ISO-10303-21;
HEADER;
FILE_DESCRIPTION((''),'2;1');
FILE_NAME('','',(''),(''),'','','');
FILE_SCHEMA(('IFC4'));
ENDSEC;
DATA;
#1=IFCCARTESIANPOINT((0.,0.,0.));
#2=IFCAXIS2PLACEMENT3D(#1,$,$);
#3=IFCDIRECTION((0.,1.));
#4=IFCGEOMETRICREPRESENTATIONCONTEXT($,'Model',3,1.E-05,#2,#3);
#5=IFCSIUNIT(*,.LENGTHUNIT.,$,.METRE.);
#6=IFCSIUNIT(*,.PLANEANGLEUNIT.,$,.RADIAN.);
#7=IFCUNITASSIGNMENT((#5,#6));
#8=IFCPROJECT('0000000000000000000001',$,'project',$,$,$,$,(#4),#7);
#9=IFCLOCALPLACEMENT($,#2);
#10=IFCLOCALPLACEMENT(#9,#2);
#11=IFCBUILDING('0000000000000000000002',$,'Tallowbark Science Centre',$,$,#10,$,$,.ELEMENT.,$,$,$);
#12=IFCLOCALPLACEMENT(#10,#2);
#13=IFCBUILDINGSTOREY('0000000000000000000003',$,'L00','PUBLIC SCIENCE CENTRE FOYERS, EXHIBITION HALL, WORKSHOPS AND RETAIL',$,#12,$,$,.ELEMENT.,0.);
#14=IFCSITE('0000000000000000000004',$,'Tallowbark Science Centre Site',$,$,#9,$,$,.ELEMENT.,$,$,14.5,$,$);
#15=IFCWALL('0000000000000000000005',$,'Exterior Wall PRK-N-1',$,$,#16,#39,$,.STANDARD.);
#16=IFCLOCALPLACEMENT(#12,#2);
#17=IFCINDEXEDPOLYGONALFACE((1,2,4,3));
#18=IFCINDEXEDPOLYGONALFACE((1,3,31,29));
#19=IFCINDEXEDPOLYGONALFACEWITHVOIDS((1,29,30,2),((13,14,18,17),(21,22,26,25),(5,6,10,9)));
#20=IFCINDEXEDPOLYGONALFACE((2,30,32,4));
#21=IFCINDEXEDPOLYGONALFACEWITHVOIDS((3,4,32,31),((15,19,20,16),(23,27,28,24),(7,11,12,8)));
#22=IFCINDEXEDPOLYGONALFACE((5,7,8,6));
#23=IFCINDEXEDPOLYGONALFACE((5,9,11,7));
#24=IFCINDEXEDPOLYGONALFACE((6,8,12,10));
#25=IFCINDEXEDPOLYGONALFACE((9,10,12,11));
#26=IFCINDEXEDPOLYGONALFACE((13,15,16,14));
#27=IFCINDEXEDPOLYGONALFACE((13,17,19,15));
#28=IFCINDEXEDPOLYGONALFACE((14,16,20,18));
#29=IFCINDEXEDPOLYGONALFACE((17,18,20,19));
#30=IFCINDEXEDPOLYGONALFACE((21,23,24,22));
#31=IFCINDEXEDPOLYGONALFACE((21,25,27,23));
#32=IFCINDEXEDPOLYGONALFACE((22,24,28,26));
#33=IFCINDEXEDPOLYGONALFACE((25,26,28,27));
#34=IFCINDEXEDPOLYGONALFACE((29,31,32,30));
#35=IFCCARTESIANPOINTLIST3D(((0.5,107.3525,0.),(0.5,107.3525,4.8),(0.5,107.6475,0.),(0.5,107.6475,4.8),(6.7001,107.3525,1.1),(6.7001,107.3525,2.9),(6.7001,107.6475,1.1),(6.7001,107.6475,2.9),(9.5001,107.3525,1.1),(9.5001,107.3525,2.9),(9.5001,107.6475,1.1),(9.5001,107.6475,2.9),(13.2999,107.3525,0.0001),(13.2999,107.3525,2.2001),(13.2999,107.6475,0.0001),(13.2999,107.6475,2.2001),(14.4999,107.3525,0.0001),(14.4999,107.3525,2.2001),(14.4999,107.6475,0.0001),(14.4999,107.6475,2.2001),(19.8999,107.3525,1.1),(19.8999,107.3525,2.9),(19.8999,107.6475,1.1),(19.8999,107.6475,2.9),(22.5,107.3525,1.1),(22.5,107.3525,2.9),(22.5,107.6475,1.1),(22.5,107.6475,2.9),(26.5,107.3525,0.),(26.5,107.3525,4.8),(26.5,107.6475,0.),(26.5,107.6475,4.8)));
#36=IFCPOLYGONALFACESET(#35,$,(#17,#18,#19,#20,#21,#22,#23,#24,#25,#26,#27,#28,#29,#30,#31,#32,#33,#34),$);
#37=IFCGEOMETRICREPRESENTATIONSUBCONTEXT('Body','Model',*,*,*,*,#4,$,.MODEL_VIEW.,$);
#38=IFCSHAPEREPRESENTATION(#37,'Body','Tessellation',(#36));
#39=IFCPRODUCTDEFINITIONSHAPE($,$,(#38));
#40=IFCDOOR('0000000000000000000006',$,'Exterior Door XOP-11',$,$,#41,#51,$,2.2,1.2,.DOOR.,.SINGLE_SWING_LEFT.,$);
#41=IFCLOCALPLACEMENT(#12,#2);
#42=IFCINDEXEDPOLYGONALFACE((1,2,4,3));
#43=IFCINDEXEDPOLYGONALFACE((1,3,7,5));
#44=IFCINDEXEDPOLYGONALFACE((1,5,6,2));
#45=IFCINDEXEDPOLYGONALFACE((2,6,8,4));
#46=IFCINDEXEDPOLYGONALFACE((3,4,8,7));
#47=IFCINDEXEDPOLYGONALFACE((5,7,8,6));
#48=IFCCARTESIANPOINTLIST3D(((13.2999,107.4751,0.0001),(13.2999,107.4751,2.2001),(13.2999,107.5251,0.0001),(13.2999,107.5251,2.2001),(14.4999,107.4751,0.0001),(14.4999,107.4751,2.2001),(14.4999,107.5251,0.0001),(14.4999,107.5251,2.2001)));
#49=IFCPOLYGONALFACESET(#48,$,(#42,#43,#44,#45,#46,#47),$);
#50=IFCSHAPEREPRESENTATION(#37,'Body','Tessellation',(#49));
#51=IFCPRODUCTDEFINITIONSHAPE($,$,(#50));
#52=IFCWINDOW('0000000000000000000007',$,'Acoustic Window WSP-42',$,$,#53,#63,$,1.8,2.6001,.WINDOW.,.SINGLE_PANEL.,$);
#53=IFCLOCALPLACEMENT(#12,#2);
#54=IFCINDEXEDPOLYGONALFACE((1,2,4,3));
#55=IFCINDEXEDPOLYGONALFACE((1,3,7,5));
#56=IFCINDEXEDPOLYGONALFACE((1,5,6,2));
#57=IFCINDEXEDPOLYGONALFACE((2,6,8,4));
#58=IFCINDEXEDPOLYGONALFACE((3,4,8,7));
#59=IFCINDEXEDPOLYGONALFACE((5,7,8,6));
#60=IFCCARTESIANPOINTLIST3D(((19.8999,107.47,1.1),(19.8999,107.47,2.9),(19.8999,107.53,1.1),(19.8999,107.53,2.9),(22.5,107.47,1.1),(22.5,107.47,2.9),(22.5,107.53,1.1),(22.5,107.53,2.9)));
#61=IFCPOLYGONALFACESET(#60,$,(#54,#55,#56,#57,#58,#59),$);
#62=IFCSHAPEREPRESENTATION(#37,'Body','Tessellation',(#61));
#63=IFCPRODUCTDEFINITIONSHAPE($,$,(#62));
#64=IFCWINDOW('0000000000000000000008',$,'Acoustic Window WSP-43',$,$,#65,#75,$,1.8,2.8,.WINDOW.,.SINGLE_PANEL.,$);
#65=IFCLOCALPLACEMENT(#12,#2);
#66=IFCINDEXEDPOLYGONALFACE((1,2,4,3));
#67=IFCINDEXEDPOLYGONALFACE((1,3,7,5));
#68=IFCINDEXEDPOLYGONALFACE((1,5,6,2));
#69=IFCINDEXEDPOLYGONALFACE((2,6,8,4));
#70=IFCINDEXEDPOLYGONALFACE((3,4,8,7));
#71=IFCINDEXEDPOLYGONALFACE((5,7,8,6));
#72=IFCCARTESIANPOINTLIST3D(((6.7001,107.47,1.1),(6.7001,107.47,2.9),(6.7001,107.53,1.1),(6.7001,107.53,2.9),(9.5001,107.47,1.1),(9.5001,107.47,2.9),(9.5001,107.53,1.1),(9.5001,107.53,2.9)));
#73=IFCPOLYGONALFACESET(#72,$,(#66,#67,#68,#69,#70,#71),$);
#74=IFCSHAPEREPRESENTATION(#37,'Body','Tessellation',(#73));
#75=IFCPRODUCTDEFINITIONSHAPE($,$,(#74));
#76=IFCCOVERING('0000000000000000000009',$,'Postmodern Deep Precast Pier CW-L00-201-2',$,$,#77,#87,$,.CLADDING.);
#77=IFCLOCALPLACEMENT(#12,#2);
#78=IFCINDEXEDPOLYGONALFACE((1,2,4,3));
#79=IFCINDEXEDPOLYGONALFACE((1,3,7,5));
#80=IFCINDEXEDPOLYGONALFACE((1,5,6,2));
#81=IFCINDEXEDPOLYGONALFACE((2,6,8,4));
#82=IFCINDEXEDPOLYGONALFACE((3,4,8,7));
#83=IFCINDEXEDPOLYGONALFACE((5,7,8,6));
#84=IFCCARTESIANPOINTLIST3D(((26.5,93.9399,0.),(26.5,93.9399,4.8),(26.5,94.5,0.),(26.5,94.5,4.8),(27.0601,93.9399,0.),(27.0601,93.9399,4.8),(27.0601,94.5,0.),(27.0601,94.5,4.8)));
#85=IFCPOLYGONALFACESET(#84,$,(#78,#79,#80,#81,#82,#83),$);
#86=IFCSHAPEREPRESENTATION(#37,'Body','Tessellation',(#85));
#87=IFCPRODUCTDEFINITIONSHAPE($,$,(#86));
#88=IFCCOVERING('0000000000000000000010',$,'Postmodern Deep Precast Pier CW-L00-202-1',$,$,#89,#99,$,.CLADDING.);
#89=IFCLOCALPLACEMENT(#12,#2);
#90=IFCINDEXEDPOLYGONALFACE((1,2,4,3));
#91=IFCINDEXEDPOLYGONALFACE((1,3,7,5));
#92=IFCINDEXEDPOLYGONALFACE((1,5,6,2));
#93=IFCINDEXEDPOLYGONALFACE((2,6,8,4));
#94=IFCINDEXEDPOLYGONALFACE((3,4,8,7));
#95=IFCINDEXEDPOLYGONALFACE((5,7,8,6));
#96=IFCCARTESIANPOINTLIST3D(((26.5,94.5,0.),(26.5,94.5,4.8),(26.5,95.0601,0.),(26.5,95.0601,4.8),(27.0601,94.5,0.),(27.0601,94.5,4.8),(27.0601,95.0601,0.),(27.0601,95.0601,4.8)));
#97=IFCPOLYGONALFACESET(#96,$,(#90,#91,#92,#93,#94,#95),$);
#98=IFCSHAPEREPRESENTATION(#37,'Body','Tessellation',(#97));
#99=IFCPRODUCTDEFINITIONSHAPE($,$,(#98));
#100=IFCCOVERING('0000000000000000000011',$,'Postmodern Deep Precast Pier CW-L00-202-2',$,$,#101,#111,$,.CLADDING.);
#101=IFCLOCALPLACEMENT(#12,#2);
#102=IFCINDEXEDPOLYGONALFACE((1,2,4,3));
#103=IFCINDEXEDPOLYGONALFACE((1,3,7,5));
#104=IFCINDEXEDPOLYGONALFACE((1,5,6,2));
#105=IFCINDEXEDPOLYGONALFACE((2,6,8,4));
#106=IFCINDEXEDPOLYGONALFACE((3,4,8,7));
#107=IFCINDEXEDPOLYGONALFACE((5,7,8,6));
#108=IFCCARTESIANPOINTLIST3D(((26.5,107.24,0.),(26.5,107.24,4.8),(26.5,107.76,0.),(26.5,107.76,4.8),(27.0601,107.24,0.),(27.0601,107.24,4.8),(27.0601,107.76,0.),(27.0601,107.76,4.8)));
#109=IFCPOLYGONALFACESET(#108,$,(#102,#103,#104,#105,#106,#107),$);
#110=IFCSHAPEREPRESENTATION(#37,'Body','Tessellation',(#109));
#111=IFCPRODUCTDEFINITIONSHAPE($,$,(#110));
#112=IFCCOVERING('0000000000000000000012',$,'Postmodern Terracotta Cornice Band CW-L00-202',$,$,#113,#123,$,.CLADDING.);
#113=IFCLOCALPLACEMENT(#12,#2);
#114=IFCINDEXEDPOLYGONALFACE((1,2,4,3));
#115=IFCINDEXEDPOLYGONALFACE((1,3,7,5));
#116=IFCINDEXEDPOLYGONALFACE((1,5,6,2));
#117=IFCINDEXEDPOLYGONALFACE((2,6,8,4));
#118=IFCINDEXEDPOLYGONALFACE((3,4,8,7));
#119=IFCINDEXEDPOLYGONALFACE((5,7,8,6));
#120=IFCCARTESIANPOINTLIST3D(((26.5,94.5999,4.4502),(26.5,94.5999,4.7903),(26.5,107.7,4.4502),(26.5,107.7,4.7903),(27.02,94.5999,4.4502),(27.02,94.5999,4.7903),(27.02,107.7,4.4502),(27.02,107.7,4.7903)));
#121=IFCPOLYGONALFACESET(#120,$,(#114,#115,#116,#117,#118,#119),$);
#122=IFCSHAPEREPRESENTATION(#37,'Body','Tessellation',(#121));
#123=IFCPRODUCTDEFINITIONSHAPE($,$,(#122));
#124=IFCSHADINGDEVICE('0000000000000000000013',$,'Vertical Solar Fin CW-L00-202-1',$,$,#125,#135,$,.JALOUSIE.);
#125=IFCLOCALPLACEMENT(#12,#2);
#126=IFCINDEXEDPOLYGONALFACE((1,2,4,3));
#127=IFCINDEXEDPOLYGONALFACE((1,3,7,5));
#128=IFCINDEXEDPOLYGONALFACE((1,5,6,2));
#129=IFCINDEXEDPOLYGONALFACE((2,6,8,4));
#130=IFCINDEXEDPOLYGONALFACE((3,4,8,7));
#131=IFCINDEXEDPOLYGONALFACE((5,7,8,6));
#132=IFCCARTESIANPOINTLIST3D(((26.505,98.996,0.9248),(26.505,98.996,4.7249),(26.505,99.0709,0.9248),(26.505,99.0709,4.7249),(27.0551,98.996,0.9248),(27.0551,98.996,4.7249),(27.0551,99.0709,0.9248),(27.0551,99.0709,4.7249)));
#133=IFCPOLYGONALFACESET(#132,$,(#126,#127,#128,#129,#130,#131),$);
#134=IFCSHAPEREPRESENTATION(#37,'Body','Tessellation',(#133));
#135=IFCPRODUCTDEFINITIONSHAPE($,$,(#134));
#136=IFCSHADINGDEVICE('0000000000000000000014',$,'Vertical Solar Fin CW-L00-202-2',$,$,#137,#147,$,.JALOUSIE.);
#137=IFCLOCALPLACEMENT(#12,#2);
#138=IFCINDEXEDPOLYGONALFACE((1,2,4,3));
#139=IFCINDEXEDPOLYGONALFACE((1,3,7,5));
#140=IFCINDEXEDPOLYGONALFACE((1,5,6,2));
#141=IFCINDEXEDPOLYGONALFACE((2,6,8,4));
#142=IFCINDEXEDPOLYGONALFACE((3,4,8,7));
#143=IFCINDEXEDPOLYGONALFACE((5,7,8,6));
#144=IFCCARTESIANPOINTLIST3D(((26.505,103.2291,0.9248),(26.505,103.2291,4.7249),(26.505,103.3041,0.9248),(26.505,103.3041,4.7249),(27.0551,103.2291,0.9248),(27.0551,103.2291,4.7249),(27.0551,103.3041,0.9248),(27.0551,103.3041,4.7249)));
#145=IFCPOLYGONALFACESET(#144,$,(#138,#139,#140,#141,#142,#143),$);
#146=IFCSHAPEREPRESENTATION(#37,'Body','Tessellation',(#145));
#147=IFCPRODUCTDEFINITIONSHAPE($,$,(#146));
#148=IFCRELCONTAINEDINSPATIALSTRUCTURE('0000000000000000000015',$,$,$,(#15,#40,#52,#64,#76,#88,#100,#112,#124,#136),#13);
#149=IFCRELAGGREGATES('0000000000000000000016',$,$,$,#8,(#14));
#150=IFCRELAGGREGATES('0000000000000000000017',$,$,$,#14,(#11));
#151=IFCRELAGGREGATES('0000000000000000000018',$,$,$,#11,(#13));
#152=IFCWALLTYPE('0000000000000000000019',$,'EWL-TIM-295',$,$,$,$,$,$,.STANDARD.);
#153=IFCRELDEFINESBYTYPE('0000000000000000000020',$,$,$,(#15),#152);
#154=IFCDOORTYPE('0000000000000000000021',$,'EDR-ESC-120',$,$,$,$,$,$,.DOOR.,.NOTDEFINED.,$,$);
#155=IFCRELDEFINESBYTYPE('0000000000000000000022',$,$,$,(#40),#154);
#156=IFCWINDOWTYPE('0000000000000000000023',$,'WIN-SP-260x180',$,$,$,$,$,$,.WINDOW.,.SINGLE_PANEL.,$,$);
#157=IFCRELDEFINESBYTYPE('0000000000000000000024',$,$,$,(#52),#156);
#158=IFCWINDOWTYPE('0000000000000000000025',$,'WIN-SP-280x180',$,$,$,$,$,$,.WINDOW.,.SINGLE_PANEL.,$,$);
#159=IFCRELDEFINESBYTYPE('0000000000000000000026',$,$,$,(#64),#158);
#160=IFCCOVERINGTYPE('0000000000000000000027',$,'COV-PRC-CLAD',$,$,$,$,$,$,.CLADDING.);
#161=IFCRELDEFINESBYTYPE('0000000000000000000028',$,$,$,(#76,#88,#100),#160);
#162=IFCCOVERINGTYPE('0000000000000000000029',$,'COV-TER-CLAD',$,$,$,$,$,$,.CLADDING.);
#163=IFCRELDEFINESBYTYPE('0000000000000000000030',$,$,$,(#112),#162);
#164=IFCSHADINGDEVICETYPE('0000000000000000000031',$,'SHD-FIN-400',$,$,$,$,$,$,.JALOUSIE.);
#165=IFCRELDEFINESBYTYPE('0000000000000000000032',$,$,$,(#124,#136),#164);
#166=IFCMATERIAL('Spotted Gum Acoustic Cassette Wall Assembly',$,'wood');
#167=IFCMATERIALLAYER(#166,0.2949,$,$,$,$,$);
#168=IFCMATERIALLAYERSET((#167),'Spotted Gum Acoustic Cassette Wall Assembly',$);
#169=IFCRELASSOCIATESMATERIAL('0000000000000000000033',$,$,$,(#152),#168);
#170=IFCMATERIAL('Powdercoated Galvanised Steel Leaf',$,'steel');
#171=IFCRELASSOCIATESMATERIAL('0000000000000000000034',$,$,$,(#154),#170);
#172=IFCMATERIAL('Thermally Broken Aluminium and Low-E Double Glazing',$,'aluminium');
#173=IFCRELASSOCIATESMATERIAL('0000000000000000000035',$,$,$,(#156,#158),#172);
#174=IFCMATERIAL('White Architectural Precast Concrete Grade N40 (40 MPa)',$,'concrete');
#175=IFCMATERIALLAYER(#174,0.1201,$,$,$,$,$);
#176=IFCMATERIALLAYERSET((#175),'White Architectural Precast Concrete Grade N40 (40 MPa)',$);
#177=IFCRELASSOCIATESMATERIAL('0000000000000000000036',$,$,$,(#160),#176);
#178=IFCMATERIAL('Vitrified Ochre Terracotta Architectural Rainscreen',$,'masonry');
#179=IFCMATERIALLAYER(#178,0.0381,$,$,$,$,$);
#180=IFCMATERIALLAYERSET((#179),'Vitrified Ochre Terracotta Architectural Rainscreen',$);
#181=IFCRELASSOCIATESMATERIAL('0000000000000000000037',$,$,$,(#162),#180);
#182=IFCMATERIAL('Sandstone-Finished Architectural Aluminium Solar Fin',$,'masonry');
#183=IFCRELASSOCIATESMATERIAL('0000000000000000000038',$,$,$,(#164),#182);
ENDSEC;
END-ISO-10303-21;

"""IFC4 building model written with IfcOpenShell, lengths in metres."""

from ifc_helpers import new_model, si_unit, direction, frame, frame_2d, origin, origin_2d, place, context, subcontext, project, spatial, rectangle, extrude, material, layer, layer_set, type_object, element, fill, save


model = new_model("IFC4")

# Units and contexts
model_context = context("Model", 3, precision=1e-05, world=origin(), true_north=direction((0.0, 1.0)))
body_context = subcontext(model_context, "Body", "Model", "MODEL_VIEW")
ifc_project = project(units=[si_unit("LENGTHUNIT", "METRE"), si_unit("PLANEANGLEUNIT", "RADIAN")], contexts=[model_context])

# Site, building, storey
site_placement = place(None, origin())
site = spatial("IfcSite", under=ifc_project, at=site_placement, Name="Tallowbark Science Centre Site", CompositionType="ELEMENT", RefElevation=14.5)
building_placement = place(site_placement, origin())
building = spatial("IfcBuilding", under=site, at=building_placement, Name="Tallowbark Science Centre", CompositionType="ELEMENT")
storey_placement = place(building_placement, origin())
storey = spatial("IfcBuildingStorey", under=building, at=storey_placement, Name="L00", Description="PUBLIC SCIENCE CENTRE FOYERS, EXHIBITION HALL, WORKSHOPS AND RETAIL", CompositionType="ELEMENT", Elevation=0.0)

# Wall, openings, door, windows
ifc_material_1 = material(Name="Spotted Gum Acoustic Cassette Wall Assembly", Category="wood")
ifc_layer_1 = layer(ifc_material_1, 0.2949)
ifc_layer_set_1 = layer_set([ifc_layer_1], Name="Spotted Gum Acoustic Cassette Wall Assembly")
wall_type = type_object("IfcWallType", Name="EWL-TIM-295", PredefinedType="STANDARD", material=ifc_layer_set_1)
wall_placement = place(storey_placement, frame((26.5, 107.5, 0.0), z_axis=(0.0, 0.0, 1.0), x_axis=(-1.0, 0.0, 0.0)))
wall = element("IfcWall", 1, at=wall_placement, inside=storey, type_object=wall_type, Name="Exterior Wall PRK-N-1", PredefinedType="STANDARD", context=body_context, shape_type="SweptSolid", body=[
    extrude(rectangle(XDim=26.0, YDim=0.2949, at=frame_2d((13.0, 0.0))), origin(), (0.0, 0.0, 1.0), 4.8),
])
opening_1_placement = place(wall_placement, frame((12.0, 0.0, 0.0)))
opening_1 = element("IfcOpeningElement", 2, at=opening_1_placement, cuts=wall, PredefinedType="OPENING", context=body_context, shape_type="SweptSolid", body=[
    extrude(rectangle(XDim=1.2, YDim=2.2, at=frame_2d((0.6001, 1.1001))), frame((0.0, 0.1575, 0.0), z_axis=(0.0, -1.0, 0.0), x_axis=(1.0, 0.0, 0.0)), (0.0, 0.0, 1.0), 0.3149),
])
opening_2_placement = place(wall_placement, frame((4.0, 0.0, 1.1001)))
opening_2 = element("IfcOpeningElement", 3, at=opening_2_placement, cuts=wall, PredefinedType="OPENING", context=body_context, shape_type="SweptSolid", body=[
    extrude(rectangle(XDim=2.6001, YDim=1.8, at=frame_2d((1.3, 0.8999))), frame((0.0, 0.1575, 0.0), z_axis=(0.0, -1.0, 0.0), x_axis=(1.0, 0.0, 0.0)), (0.0, 0.0, 1.0), 0.3149),
])
opening_3_placement = place(wall_placement, frame((17.0, 0.0, 1.1001)))
opening_3 = element("IfcOpeningElement", 4, at=opening_3_placement, cuts=wall, PredefinedType="OPENING", context=body_context, shape_type="SweptSolid", body=[
    extrude(rectangle(XDim=2.8, YDim=1.8, at=frame_2d((1.3999, 0.8999))), frame((0.0, 0.1575, 0.0), z_axis=(0.0, -1.0, 0.0), x_axis=(1.0, 0.0, 0.0)), (0.0, 0.0, 1.0), 0.3149),
])
ifc_material_2 = material(Name="Powdercoated Galvanised Steel Leaf", Category="steel")
door_type = type_object("IfcDoorType", Name="EDR-ESC-120", OperationType="NOTDEFINED", PredefinedType="DOOR", material=ifc_material_2)
door_placement = place(opening_1_placement, origin())
door = element("IfcDoor", 5, at=door_placement, inside=storey, type_object=door_type, Name="Exterior Door XOP-11", OperationType="SINGLE_SWING_LEFT", OverallHeight=2.2, OverallWidth=1.2, PredefinedType="DOOR", context=body_context, shape_type="SweptSolid", body=[
    extrude(rectangle(XDim=1.2, YDim=2.2, at=frame_2d((0.6001, 1.1001))), frame((0.0, 0.0249, 0.0), z_axis=(0.0, -1.0, 0.0), x_axis=(1.0, 0.0, 0.0)), (0.0, 0.0, 1.0), 0.05),
])
fill(opening_1, door)
ifc_material_3 = material(Name="Thermally Broken Aluminium and Low-E Double Glazing", Category="aluminium")
window_type_1 = type_object("IfcWindowType", Name="WIN-SP-260x180", PartitioningType="SINGLE_PANEL", PredefinedType="WINDOW", material=ifc_material_3)
window_1_placement = place(opening_2_placement, origin())
window_1 = element("IfcWindow", 6, at=window_1_placement, inside=storey, type_object=window_type_1, Name="Acoustic Window WSP-42", OverallHeight=1.8, OverallWidth=2.6001, PartitioningType="SINGLE_PANEL", PredefinedType="WINDOW", context=body_context, shape_type="SweptSolid", body=[
    extrude(rectangle(XDim=2.6001, YDim=1.8, at=frame_2d((1.3, 0.8999))), frame((0.0, 0.03, 0.0), z_axis=(0.0, -1.0, 0.0), x_axis=(1.0, 0.0, 0.0)), (0.0, 0.0, 1.0), 0.0601),
])
fill(opening_2, window_1)
window_type_2 = type_object("IfcWindowType", Name="WIN-SP-280x180", PartitioningType="SINGLE_PANEL", PredefinedType="WINDOW", material=ifc_material_3)
window_2_placement = place(opening_3_placement, origin())
window_2 = element("IfcWindow", 7, at=window_2_placement, inside=storey, type_object=window_type_2, Name="Acoustic Window WSP-43", OverallHeight=1.8, OverallWidth=2.8, PartitioningType="SINGLE_PANEL", PredefinedType="WINDOW", context=body_context, shape_type="SweptSolid", body=[
    extrude(rectangle(XDim=2.8, YDim=1.8, at=frame_2d((1.3999, 0.8999))), frame((0.0, 0.03, 0.0), z_axis=(0.0, -1.0, 0.0), x_axis=(1.0, 0.0, 0.0)), (0.0, 0.0, 1.0), 0.0601),
])
fill(opening_3, window_2)

# Coverings
ifc_material_4 = material(Name="White Architectural Precast Concrete Grade N40 (40 MPa)", Category="concrete")
ifc_layer_2 = layer(ifc_material_4, 0.1201)
ifc_layer_set_2 = layer_set([ifc_layer_2], Name="White Architectural Precast Concrete Grade N40 (40 MPa)")
covering_type_1 = type_object("IfcCoveringType", Name="COV-PRC-CLAD", PredefinedType="CLADDING", material=ifc_layer_set_2)
for number, where, z_axis, x_axis, name in (
    (8, (26.78, 94.22, 0.0), (0.0, 0.0, 1.0), (0.0, 1.0, 0.0), "Postmodern Deep Precast Pier CW-L00-201-2"),
    (9, (26.78, 94.78, 0.0), (0.0, 0.0, 1.0), (0.0, 1.0, 0.0), "Postmodern Deep Precast Pier CW-L00-202-1"),
):
    element("IfcCovering", number, at=place(storey_placement, frame(where, z_axis=z_axis, x_axis=x_axis)), inside=storey, type_object=covering_type_1, Name=name, PredefinedType="CLADDING", context=body_context, shape_type="SweptSolid", body=[
        extrude(rectangle(XDim=0.5601, YDim=0.5601, at=origin_2d()), origin(), (0.0, 0.0, 1.0), 4.8),
    ])
covering_1_placement = place(storey_placement, frame((26.78, 107.5, 0.0), z_axis=(0.0, 0.0, 1.0), x_axis=(0.0, 1.0, 0.0)))
element("IfcCovering", 10, at=covering_1_placement, inside=storey, type_object=covering_type_1, Name="Postmodern Deep Precast Pier CW-L00-202-2", PredefinedType="CLADDING", context=body_context, shape_type="SweptSolid", body=[
    extrude(rectangle(XDim=0.52, YDim=0.5601, at=origin_2d()), origin(), (0.0, 0.0, 1.0), 4.8),
])
ifc_material_5 = material(Name="Vitrified Ochre Terracotta Architectural Rainscreen", Category="masonry")
ifc_layer_3 = layer(ifc_material_5, 0.0381)
ifc_layer_set_3 = layer_set([ifc_layer_3], Name="Vitrified Ochre Terracotta Architectural Rainscreen")
covering_type_2 = type_object("IfcCoveringType", Name="COV-TER-CLAD", PredefinedType="CLADDING", material=ifc_layer_set_3)
covering_2_placement = place(storey_placement, frame((26.76, 101.1499, 4.4502), z_axis=(0.0, 0.0, 1.0), x_axis=(0.0, 1.0, 0.0)))
element("IfcCovering", 11, at=covering_2_placement, inside=storey, type_object=covering_type_2, Name="Postmodern Terracotta Cornice Band CW-L00-202", PredefinedType="CLADDING", context=body_context, shape_type="SweptSolid", body=[
    extrude(rectangle(XDim=13.1001, YDim=0.52, at=origin_2d()), origin(), (0.0, 0.0, 1.0), 0.3401),
])

# Shading devices
ifc_material_6 = material(Name="Sandstone-Finished Architectural Aluminium Solar Fin", Category="masonry")
shading_device_type = type_object("IfcShadingDeviceType", Name="SHD-FIN-400", PredefinedType="JALOUSIE", material=ifc_material_6)
for number, where, z_axis, x_axis, name in (
    (12, (26.78, 99.0334, 0.9248), (0.0, 0.0, 1.0), (0.0, 1.0, 0.0), "Vertical Solar Fin CW-L00-202-1"),
    (13, (26.78, 103.2666, 0.9248), (0.0, 0.0, 1.0), (0.0, 1.0, 0.0), "Vertical Solar Fin CW-L00-202-2"),
):
    element("IfcShadingDevice", number, at=place(storey_placement, frame(where, z_axis=z_axis, x_axis=x_axis)), inside=storey, type_object=shading_device_type, Name=name, PredefinedType="JALOUSIE", context=body_context, shape_type="SweptSolid", body=[
        extrude(rectangle(XDim=0.075, YDim=0.55, at=origin_2d()), origin(), (0.0, 0.0, 1.0), 3.8),
    ])

save(model, "model.ifc")
